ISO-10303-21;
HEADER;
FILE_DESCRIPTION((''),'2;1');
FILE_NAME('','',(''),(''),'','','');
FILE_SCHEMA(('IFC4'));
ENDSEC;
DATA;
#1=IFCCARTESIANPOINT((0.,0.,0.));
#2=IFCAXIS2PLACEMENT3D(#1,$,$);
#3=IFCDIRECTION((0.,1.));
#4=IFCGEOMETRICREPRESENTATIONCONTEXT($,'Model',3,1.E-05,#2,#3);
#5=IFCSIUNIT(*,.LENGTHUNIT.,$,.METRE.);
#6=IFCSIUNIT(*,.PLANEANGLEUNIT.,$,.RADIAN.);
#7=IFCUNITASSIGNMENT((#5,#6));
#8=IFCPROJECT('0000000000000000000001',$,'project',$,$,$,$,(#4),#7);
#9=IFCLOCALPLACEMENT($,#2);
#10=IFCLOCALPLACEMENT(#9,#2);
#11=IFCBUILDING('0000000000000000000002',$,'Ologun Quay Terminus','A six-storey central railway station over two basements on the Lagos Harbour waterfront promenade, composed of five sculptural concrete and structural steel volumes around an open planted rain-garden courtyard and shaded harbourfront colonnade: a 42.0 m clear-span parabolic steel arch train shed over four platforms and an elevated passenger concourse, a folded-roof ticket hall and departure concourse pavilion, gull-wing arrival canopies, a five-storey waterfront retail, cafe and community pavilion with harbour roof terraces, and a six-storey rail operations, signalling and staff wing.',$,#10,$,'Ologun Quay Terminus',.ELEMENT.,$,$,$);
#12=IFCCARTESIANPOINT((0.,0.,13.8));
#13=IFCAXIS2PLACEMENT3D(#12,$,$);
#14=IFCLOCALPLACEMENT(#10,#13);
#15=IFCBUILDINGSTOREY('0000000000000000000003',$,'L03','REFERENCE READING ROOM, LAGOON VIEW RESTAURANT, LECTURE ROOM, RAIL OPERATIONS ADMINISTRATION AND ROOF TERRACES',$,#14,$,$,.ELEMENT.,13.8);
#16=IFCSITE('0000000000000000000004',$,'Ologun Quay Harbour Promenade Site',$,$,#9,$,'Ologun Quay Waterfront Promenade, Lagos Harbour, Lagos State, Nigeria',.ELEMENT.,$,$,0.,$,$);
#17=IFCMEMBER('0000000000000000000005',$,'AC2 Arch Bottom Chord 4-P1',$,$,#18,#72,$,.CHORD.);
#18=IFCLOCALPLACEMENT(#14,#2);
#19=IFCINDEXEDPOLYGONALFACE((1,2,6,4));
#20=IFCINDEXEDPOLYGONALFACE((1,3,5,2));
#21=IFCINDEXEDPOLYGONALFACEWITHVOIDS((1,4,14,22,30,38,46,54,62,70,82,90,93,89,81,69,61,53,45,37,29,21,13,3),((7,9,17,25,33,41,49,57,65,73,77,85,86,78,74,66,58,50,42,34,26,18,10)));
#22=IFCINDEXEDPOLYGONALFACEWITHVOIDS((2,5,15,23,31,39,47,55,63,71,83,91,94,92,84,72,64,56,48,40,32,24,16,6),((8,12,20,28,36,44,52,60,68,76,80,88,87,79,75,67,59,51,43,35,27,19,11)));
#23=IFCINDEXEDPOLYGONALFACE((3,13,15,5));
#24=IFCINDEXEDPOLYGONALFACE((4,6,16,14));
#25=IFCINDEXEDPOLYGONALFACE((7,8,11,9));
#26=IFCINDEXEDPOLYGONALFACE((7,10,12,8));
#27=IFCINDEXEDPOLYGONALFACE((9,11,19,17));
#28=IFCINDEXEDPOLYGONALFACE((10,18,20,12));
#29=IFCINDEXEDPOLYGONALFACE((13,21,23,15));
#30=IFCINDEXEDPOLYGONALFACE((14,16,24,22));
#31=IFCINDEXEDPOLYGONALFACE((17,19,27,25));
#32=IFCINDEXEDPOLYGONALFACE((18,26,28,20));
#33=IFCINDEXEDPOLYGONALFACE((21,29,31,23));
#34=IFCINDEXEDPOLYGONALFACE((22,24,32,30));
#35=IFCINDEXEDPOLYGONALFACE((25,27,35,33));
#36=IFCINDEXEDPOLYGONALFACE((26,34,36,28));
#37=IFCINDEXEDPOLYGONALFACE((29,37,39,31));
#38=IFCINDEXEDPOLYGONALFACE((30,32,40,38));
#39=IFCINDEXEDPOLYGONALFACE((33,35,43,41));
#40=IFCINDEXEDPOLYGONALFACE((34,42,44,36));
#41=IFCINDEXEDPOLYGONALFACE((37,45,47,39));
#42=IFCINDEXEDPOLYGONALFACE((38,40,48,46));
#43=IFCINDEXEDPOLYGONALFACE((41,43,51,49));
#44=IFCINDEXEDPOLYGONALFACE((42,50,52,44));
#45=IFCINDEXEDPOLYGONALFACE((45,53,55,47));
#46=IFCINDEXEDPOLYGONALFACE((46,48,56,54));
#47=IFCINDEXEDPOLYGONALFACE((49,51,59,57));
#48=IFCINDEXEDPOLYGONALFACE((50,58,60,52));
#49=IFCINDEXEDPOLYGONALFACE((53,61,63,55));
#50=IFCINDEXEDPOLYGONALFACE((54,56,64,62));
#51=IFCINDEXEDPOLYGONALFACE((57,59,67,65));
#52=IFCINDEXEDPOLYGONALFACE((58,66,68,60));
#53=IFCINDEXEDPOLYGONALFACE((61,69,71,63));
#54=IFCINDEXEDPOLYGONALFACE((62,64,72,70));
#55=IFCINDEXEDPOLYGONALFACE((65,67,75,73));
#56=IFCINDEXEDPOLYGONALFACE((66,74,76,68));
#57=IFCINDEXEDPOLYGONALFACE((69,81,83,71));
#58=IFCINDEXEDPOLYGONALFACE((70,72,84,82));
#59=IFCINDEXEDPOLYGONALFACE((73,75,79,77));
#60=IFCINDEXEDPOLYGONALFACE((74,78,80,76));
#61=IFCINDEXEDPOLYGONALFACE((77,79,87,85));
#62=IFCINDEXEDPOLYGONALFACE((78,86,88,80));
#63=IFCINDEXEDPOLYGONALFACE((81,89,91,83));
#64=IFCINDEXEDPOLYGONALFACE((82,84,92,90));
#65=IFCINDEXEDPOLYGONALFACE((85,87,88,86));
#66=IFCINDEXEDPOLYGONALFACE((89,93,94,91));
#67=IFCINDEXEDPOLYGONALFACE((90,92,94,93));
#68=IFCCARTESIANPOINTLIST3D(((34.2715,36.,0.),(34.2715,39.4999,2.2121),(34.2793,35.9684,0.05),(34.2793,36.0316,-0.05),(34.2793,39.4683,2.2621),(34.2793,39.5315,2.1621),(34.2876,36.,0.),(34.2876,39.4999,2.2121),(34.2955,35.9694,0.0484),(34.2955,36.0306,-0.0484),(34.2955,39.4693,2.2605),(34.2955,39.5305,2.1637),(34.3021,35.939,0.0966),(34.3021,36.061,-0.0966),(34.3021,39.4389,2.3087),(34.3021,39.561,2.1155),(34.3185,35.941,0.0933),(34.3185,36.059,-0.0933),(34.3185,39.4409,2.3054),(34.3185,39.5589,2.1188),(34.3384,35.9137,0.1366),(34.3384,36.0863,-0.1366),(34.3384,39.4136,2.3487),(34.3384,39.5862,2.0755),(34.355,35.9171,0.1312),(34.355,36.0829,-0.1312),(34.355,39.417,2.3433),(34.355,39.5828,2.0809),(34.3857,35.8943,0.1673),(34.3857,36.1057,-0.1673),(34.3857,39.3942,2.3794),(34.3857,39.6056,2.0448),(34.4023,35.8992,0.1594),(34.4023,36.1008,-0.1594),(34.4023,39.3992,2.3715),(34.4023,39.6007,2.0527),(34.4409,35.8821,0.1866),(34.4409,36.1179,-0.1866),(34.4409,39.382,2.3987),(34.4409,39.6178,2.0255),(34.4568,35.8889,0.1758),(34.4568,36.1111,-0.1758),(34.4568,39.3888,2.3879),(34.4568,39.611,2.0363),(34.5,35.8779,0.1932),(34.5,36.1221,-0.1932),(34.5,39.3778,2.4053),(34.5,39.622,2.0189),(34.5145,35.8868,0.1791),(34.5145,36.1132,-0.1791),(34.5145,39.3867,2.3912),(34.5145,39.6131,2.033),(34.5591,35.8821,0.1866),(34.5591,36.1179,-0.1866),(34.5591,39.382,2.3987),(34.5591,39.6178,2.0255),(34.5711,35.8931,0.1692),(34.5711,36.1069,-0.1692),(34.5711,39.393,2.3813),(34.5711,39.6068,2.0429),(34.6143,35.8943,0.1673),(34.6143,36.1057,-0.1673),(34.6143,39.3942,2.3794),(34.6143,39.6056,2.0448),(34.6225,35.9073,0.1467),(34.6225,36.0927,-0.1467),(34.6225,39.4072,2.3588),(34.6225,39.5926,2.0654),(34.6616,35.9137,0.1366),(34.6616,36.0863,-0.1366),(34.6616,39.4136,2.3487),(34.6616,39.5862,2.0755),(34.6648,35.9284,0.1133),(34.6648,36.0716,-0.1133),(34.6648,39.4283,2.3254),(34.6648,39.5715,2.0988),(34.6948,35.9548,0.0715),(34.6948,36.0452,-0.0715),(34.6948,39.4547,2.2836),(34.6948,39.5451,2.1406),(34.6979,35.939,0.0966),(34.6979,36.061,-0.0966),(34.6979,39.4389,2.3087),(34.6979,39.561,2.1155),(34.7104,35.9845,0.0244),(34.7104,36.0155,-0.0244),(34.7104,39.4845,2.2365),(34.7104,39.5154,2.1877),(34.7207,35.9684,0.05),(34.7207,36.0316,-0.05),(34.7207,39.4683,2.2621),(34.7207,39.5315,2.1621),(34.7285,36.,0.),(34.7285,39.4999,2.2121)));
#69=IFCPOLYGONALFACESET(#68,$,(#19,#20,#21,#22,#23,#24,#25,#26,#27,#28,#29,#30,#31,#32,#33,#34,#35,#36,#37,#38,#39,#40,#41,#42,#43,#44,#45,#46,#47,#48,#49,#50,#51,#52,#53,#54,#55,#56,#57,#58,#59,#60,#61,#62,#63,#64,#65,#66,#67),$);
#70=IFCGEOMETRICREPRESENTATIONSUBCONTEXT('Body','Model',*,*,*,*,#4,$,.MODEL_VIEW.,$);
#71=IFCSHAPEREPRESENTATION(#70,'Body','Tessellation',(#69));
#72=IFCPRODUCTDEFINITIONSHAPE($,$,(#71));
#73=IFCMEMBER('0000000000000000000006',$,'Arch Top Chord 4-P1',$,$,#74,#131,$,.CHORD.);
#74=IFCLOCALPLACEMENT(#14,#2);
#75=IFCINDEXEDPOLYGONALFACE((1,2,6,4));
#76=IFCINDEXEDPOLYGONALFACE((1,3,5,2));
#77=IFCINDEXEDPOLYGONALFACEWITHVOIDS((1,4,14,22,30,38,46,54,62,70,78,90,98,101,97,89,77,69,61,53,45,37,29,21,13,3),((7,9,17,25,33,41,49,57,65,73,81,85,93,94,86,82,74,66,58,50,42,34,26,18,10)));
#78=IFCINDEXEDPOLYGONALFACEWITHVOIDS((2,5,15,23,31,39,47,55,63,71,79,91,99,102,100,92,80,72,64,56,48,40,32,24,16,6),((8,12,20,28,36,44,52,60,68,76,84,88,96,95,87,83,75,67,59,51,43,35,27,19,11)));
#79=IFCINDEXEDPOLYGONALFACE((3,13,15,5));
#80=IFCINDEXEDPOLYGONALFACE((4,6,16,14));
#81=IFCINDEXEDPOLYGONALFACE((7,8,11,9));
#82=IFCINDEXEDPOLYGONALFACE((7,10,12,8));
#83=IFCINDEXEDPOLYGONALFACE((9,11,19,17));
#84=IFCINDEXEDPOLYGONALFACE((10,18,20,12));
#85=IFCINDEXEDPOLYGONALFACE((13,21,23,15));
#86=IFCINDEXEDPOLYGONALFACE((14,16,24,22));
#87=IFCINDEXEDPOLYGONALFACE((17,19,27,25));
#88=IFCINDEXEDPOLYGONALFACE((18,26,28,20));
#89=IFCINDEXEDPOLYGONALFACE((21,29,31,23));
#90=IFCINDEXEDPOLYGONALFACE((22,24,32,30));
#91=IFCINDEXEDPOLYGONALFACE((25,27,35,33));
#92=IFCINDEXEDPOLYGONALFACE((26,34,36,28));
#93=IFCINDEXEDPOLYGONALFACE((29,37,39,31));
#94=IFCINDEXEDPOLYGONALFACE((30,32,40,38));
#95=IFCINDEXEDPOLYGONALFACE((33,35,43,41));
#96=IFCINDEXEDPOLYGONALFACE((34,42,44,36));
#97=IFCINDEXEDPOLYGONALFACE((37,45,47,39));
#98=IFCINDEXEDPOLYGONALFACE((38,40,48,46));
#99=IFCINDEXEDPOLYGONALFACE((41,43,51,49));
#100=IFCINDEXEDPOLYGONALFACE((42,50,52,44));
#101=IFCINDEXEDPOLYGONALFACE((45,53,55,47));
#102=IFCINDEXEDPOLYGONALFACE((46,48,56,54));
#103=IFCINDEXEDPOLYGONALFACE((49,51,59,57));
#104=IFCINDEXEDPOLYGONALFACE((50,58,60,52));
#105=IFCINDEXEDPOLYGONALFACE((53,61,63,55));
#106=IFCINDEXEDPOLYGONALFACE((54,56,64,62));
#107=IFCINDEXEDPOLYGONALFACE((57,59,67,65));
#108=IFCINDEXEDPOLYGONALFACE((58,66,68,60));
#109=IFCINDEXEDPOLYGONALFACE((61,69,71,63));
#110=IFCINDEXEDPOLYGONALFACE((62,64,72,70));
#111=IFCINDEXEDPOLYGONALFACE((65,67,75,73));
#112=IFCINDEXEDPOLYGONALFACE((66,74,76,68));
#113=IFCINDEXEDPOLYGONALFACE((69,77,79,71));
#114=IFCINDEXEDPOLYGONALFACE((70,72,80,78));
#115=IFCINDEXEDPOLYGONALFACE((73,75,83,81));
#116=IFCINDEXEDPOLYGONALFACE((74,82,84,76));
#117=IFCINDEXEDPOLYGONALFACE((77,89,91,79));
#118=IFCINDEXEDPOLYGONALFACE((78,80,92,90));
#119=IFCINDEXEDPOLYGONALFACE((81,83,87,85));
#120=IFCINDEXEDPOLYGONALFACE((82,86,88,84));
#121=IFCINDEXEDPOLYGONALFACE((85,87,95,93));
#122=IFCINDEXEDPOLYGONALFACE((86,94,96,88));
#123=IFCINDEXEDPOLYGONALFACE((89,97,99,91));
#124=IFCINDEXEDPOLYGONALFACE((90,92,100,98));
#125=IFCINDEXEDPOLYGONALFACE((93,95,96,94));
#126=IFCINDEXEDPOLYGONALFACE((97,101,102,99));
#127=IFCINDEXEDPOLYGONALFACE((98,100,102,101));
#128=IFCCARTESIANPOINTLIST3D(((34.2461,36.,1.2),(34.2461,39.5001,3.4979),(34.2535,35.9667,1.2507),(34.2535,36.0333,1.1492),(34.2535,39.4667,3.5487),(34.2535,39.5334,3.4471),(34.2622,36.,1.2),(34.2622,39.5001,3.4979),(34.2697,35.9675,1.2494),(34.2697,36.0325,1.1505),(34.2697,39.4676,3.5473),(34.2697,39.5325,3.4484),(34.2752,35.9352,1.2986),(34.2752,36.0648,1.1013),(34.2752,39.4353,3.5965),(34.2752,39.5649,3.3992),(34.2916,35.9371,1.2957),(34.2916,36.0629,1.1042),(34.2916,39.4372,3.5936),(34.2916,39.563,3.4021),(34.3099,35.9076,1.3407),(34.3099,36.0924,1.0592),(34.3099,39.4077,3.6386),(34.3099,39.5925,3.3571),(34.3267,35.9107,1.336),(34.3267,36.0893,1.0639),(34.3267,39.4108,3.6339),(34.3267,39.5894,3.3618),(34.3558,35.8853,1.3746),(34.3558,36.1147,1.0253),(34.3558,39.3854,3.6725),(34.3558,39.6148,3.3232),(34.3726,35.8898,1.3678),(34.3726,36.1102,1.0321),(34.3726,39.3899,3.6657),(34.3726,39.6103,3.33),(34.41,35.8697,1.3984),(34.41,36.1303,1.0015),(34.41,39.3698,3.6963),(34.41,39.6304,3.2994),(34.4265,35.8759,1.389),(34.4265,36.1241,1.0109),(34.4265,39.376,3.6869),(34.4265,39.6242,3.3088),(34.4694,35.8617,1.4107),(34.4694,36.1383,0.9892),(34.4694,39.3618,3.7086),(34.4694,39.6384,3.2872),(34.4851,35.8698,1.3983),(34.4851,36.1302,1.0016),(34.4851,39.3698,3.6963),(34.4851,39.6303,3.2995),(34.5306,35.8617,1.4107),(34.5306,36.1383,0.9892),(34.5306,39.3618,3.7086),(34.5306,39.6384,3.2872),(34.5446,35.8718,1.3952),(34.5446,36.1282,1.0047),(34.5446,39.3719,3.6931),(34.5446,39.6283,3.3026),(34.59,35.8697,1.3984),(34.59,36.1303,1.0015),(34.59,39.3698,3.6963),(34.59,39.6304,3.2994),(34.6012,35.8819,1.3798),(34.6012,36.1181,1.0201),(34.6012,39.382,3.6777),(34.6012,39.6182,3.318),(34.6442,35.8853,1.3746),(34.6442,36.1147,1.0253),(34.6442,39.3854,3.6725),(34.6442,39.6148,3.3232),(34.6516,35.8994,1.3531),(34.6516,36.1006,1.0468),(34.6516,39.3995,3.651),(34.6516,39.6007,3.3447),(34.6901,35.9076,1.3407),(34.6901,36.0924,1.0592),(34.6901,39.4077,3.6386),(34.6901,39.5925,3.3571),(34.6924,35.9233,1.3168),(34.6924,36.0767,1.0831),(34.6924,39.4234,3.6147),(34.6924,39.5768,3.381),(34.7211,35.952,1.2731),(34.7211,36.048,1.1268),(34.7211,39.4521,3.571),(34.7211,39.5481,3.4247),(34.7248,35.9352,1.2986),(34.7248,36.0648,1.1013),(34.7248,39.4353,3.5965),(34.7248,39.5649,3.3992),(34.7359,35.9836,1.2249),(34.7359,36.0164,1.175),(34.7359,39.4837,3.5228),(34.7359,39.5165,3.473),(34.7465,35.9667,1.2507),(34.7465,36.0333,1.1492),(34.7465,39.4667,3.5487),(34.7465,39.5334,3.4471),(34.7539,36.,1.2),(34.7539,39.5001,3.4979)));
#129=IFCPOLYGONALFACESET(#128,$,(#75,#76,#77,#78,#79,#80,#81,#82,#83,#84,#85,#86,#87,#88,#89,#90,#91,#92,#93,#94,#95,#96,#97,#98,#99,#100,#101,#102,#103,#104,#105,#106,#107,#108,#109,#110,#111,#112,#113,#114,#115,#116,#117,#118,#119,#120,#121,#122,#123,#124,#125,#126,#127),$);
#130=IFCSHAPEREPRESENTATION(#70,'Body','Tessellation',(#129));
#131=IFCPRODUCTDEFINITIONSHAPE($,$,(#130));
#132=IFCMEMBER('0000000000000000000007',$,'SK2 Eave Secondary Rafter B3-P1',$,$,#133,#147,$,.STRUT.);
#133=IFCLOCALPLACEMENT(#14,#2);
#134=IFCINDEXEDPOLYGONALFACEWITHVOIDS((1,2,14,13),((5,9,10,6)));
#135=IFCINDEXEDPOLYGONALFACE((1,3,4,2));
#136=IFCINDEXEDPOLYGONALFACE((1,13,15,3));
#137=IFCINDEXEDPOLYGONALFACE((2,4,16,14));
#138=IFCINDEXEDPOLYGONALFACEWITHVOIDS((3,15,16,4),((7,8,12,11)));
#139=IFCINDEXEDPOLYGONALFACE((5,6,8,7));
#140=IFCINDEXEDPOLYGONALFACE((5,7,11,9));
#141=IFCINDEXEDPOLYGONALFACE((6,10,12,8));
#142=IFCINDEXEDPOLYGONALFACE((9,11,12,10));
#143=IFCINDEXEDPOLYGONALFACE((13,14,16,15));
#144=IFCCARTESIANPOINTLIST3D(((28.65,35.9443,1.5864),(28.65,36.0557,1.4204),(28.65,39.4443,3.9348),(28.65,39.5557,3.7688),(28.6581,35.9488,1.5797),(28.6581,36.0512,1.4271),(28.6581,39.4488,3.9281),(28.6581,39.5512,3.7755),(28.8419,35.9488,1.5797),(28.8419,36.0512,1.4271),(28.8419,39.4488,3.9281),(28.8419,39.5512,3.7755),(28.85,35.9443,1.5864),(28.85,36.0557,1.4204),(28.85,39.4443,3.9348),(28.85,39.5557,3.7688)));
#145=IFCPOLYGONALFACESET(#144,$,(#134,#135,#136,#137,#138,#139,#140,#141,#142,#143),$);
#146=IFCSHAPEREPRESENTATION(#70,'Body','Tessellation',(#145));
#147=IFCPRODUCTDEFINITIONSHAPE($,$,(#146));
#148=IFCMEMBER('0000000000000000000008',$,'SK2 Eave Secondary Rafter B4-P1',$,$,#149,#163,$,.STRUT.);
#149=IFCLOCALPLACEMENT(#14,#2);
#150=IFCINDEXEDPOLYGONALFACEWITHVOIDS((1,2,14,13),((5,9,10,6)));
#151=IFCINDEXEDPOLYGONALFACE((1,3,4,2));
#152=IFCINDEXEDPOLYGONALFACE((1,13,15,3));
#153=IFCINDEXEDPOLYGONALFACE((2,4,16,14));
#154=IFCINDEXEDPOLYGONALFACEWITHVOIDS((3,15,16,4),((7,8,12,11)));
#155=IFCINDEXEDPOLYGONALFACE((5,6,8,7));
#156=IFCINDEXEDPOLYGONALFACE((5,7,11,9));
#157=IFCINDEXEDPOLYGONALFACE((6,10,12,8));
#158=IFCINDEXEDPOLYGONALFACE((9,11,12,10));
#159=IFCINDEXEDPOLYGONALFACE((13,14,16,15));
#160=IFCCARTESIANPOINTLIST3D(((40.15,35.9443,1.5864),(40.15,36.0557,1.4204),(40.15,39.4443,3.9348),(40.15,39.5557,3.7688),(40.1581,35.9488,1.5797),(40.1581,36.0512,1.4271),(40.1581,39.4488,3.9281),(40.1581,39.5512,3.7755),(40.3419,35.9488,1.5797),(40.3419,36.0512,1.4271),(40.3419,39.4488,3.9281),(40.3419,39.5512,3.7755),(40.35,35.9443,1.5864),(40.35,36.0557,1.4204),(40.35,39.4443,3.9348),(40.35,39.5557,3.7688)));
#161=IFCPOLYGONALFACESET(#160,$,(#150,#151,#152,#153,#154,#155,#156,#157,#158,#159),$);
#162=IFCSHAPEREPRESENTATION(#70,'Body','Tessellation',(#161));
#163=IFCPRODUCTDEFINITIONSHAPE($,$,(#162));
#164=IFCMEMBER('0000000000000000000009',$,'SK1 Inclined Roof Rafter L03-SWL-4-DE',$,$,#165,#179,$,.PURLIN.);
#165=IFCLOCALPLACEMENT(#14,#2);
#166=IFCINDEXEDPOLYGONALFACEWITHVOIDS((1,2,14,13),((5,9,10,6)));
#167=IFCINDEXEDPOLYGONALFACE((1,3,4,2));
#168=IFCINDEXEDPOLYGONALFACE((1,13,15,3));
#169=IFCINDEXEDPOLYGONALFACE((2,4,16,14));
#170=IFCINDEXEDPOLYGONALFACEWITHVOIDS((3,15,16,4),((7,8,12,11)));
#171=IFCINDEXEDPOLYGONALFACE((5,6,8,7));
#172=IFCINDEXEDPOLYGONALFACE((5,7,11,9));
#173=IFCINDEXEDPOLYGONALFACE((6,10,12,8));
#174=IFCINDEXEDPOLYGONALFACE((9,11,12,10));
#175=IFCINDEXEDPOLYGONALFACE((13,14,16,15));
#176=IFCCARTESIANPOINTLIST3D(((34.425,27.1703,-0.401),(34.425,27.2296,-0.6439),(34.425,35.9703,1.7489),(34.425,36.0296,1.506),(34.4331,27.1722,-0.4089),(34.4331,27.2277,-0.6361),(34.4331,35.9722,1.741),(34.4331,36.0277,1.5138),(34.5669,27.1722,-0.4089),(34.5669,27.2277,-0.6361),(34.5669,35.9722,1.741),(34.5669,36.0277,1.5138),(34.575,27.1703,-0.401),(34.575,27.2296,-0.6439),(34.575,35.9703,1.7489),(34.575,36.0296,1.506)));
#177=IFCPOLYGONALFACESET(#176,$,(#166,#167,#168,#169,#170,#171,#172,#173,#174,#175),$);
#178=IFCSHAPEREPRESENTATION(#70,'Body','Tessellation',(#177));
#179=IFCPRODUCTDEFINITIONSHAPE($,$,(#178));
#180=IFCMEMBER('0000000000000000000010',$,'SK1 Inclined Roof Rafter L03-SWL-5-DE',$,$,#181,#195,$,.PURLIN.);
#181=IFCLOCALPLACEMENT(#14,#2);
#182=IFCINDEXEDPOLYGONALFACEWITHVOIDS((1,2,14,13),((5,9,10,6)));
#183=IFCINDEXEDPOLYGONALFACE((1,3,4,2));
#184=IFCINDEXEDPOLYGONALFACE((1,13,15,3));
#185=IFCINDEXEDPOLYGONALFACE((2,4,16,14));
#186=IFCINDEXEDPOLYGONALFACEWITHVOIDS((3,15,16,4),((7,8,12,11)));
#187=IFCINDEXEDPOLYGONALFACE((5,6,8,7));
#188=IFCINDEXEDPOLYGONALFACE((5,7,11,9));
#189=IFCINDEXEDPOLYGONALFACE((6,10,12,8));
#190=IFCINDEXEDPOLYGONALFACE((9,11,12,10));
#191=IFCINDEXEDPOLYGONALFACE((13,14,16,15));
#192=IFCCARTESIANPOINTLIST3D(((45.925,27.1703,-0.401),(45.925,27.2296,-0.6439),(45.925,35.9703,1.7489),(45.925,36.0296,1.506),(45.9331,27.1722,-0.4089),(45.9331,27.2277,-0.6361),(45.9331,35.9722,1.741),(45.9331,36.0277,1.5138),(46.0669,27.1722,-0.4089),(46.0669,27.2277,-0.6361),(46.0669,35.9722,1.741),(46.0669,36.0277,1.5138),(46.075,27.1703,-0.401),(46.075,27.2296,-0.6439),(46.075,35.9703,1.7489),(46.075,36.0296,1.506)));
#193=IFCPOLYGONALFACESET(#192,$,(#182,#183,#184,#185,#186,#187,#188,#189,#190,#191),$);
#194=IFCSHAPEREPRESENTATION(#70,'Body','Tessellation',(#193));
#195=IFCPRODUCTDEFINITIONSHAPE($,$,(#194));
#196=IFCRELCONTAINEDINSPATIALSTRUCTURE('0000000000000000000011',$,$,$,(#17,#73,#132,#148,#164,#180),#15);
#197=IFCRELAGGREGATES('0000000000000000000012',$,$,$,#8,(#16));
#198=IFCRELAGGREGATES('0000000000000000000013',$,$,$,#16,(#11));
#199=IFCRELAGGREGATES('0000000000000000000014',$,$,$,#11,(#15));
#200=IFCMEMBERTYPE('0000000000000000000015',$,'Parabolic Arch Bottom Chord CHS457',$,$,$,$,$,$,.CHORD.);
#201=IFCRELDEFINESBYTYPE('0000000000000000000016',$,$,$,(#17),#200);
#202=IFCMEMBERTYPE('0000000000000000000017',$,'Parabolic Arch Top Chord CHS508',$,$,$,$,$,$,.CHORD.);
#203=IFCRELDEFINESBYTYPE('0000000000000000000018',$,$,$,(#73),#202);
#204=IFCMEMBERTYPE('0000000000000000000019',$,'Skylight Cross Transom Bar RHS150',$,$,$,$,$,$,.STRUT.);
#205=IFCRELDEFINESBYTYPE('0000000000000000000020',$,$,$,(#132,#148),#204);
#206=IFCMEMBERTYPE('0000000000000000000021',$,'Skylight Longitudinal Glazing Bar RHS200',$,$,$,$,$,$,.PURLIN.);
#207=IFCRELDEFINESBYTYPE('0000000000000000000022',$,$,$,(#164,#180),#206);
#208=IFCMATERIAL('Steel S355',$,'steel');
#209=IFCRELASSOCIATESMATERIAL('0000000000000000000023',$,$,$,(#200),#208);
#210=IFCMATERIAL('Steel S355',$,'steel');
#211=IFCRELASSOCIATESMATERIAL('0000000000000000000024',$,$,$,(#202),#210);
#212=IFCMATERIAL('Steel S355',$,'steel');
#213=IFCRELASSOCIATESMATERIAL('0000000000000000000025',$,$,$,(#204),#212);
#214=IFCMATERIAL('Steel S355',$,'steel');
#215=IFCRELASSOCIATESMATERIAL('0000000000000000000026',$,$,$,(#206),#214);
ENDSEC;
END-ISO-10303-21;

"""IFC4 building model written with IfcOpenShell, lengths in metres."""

from ifc_helpers import new_model, si_unit, direction, frame, origin, origin_2d, place, context, subcontext, project, spatial, hollow_rectangle, hollow_circle, extrude, material, material_profile, profile_set, type_object, element, save


model = new_model("IFC4")

# Units and contexts
model_context = context("Model", 3, precision=1e-05, world=origin(), true_north=direction((0.0, 1.0)))
body_context = subcontext(model_context, "Body", "Model", "MODEL_VIEW")
ifc_project = project(units=[si_unit("LENGTHUNIT", "METRE"), si_unit("PLANEANGLEUNIT", "RADIAN")], contexts=[model_context])

# Site, building, storey
site_placement = place(None, origin())
site = spatial("IfcSite", under=ifc_project, at=site_placement, Name="Ologun Quay Harbour Promenade Site", LongName="Ologun Quay Waterfront Promenade, Lagos Harbour, Lagos State, Nigeria", CompositionType="ELEMENT", RefElevation=0.0)
building_placement = place(site_placement, origin())
building = spatial("IfcBuilding", under=site, at=building_placement, Name="Ologun Quay Terminus", Description="A six-storey central railway station over two basements on the Lagos Harbour waterfront promenade, composed of five sculptural concrete and structural steel volumes around an open planted rain-garden courtyard and shaded harbourfront colonnade: a 42.0 m clear-span parabolic steel arch train shed over four platforms and an elevated passenger concourse, a folded-roof ticket hall and departure concourse pavilion, gull-wing arrival canopies, a five-storey waterfront retail, cafe and community pavilion with harbour roof terraces, and a six-storey rail operations, signalling and staff wing.", LongName="Ologun Quay Terminus", CompositionType="ELEMENT")
storey_placement = place(building_placement, frame((0.0, 0.0, 13.8)))
storey = spatial("IfcBuildingStorey", under=building, at=storey_placement, Name="L03", Description="REFERENCE READING ROOM, LAGOON VIEW RESTAURANT, LECTURE ROOM, RAIL OPERATIONS ADMINISTRATION AND ROOF TERRACES", CompositionType="ELEMENT", Elevation=13.8)

# Members
ifc_material_1 = material(Name="Steel S355", Category="steel")
ifc_material_profile_1 = material_profile(ifc_material_1, hollow_circle(Radius=0.2285, WallThickness=0.0161, at=origin_2d()), Name="CHS 457x16")
ifc_profile_set_1 = profile_set([ifc_material_profile_1], Name="Steel S355")
member_type_1 = type_object("IfcMemberType", Name="Parabolic Arch Bottom Chord CHS457", PredefinedType="CHORD", material=ifc_profile_set_1)
member_1_placement = place(storey_placement, frame((34.5, 36.0, 0.0), z_axis=(0.0, 0.845311, 0.534275), x_axis=(-1.0, 0.0, 0.0)))
element("IfcMember", 1, at=member_1_placement, inside=storey, type_object=member_type_1, Name="AC2 Arch Bottom Chord 4-P1", PredefinedType="CHORD", context=body_context, shape_type="SweptSolid", body=[
    extrude(hollow_circle(Radius=0.2285, WallThickness=0.0161, at=origin_2d()), origin(), (0.0, 0.0, 1.0), 4.1404),
])
ifc_material_2 = material(Name="Steel S355", Category="steel")
ifc_material_profile_2 = material_profile(ifc_material_2, hollow_circle(Radius=0.2539, WallThickness=0.0161, at=origin_2d()), Name="CHS 508x16")
ifc_profile_set_2 = profile_set([ifc_material_profile_2], Name="Steel S355")
member_type_2 = type_object("IfcMemberType", Name="Parabolic Arch Top Chord CHS508", PredefinedType="CHORD", material=ifc_profile_set_2)
member_2_placement = place(storey_placement, frame((34.5, 36.0, 1.2), z_axis=(0.0, 0.835941, 0.548819), x_axis=(-1.0, 0.0, 0.0)))
element("IfcMember", 2, at=member_2_placement, inside=storey, type_object=member_type_2, Name="Arch Top Chord 4-P1", PredefinedType="CHORD", context=body_context, shape_type="SweptSolid", body=[
    extrude(hollow_circle(Radius=0.2539, WallThickness=0.0161, at=origin_2d()), origin(), (0.0, 0.0, 1.0), 4.187),
])
ifc_material_3 = material(Name="Steel S355", Category="steel")
ifc_material_profile_3 = material_profile(ifc_material_3, hollow_rectangle(XDim=0.2, YDim=0.2, WallThickness=0.0081, at=origin_2d()), Name="SHS 200x200x8")
ifc_profile_set_3 = profile_set([ifc_material_profile_3], Name="Steel S355")
member_type_3 = type_object("IfcMemberType", Name="Skylight Cross Transom Bar RHS150", PredefinedType="STRUT", material=ifc_profile_set_3)
for number, where, z_axis, x_axis, name in (
    (3, (28.75, 36.0, 1.5034), (0.0, 0.830398, 0.557171), (-1.0, 0.0, 0.0), "SK2 Eave Secondary Rafter B3-P1"),
    (4, (40.25, 36.0, 1.5034), (0.0, 0.830398, 0.557171), (-1.0, 0.0, 0.0), "SK2 Eave Secondary Rafter B4-P1"),
):
    element("IfcMember", number, at=place(storey_placement, frame(where, z_axis=z_axis, x_axis=x_axis)), inside=storey, type_object=member_type_3, Name=name, PredefinedType="STRUT", context=body_context, shape_type="SweptSolid", body=[
        extrude(hollow_rectangle(XDim=0.2, YDim=0.2, WallThickness=0.0081, at=origin_2d()), origin(), (0.0, 0.0, 1.0), 4.2148),
    ])
ifc_material_4 = material(Name="Steel S355", Category="steel")
ifc_material_profile_4 = material_profile(ifc_material_4, hollow_rectangle(XDim=0.1499, YDim=0.25, WallThickness=0.0081, at=origin_2d()), Name="RHS 250x150x8")
ifc_profile_set_4 = profile_set([ifc_material_profile_4], Name="Steel S355")
member_type_4 = type_object("IfcMemberType", Name="Skylight Longitudinal Glazing Bar RHS200", PredefinedType="PURLIN", material=ifc_profile_set_4)
for number, where, z_axis, x_axis, name in (
    (5, (34.5, 27.2, -0.5225), (0.0, 0.97143, 0.237326), (-1.0, 0.0, 0.0), "SK1 Inclined Roof Rafter L03-SWL-4-DE"),
    (6, (46.0, 27.2, -0.5225), (0.0, 0.97143, 0.237326), (-1.0, 0.0, 0.0), "SK1 Inclined Roof Rafter L03-SWL-5-DE"),
):
    element("IfcMember", number, at=place(storey_placement, frame(where, z_axis=z_axis, x_axis=x_axis)), inside=storey, type_object=member_type_4, Name=name, PredefinedType="PURLIN", context=body_context, shape_type="SweptSolid", body=[
        extrude(hollow_rectangle(XDim=0.1499, YDim=0.25, WallThickness=0.0081, at=origin_2d()), origin(), (0.0, 0.0, 1.0), 9.0588),
    ])

save(model, "model.ifc")
